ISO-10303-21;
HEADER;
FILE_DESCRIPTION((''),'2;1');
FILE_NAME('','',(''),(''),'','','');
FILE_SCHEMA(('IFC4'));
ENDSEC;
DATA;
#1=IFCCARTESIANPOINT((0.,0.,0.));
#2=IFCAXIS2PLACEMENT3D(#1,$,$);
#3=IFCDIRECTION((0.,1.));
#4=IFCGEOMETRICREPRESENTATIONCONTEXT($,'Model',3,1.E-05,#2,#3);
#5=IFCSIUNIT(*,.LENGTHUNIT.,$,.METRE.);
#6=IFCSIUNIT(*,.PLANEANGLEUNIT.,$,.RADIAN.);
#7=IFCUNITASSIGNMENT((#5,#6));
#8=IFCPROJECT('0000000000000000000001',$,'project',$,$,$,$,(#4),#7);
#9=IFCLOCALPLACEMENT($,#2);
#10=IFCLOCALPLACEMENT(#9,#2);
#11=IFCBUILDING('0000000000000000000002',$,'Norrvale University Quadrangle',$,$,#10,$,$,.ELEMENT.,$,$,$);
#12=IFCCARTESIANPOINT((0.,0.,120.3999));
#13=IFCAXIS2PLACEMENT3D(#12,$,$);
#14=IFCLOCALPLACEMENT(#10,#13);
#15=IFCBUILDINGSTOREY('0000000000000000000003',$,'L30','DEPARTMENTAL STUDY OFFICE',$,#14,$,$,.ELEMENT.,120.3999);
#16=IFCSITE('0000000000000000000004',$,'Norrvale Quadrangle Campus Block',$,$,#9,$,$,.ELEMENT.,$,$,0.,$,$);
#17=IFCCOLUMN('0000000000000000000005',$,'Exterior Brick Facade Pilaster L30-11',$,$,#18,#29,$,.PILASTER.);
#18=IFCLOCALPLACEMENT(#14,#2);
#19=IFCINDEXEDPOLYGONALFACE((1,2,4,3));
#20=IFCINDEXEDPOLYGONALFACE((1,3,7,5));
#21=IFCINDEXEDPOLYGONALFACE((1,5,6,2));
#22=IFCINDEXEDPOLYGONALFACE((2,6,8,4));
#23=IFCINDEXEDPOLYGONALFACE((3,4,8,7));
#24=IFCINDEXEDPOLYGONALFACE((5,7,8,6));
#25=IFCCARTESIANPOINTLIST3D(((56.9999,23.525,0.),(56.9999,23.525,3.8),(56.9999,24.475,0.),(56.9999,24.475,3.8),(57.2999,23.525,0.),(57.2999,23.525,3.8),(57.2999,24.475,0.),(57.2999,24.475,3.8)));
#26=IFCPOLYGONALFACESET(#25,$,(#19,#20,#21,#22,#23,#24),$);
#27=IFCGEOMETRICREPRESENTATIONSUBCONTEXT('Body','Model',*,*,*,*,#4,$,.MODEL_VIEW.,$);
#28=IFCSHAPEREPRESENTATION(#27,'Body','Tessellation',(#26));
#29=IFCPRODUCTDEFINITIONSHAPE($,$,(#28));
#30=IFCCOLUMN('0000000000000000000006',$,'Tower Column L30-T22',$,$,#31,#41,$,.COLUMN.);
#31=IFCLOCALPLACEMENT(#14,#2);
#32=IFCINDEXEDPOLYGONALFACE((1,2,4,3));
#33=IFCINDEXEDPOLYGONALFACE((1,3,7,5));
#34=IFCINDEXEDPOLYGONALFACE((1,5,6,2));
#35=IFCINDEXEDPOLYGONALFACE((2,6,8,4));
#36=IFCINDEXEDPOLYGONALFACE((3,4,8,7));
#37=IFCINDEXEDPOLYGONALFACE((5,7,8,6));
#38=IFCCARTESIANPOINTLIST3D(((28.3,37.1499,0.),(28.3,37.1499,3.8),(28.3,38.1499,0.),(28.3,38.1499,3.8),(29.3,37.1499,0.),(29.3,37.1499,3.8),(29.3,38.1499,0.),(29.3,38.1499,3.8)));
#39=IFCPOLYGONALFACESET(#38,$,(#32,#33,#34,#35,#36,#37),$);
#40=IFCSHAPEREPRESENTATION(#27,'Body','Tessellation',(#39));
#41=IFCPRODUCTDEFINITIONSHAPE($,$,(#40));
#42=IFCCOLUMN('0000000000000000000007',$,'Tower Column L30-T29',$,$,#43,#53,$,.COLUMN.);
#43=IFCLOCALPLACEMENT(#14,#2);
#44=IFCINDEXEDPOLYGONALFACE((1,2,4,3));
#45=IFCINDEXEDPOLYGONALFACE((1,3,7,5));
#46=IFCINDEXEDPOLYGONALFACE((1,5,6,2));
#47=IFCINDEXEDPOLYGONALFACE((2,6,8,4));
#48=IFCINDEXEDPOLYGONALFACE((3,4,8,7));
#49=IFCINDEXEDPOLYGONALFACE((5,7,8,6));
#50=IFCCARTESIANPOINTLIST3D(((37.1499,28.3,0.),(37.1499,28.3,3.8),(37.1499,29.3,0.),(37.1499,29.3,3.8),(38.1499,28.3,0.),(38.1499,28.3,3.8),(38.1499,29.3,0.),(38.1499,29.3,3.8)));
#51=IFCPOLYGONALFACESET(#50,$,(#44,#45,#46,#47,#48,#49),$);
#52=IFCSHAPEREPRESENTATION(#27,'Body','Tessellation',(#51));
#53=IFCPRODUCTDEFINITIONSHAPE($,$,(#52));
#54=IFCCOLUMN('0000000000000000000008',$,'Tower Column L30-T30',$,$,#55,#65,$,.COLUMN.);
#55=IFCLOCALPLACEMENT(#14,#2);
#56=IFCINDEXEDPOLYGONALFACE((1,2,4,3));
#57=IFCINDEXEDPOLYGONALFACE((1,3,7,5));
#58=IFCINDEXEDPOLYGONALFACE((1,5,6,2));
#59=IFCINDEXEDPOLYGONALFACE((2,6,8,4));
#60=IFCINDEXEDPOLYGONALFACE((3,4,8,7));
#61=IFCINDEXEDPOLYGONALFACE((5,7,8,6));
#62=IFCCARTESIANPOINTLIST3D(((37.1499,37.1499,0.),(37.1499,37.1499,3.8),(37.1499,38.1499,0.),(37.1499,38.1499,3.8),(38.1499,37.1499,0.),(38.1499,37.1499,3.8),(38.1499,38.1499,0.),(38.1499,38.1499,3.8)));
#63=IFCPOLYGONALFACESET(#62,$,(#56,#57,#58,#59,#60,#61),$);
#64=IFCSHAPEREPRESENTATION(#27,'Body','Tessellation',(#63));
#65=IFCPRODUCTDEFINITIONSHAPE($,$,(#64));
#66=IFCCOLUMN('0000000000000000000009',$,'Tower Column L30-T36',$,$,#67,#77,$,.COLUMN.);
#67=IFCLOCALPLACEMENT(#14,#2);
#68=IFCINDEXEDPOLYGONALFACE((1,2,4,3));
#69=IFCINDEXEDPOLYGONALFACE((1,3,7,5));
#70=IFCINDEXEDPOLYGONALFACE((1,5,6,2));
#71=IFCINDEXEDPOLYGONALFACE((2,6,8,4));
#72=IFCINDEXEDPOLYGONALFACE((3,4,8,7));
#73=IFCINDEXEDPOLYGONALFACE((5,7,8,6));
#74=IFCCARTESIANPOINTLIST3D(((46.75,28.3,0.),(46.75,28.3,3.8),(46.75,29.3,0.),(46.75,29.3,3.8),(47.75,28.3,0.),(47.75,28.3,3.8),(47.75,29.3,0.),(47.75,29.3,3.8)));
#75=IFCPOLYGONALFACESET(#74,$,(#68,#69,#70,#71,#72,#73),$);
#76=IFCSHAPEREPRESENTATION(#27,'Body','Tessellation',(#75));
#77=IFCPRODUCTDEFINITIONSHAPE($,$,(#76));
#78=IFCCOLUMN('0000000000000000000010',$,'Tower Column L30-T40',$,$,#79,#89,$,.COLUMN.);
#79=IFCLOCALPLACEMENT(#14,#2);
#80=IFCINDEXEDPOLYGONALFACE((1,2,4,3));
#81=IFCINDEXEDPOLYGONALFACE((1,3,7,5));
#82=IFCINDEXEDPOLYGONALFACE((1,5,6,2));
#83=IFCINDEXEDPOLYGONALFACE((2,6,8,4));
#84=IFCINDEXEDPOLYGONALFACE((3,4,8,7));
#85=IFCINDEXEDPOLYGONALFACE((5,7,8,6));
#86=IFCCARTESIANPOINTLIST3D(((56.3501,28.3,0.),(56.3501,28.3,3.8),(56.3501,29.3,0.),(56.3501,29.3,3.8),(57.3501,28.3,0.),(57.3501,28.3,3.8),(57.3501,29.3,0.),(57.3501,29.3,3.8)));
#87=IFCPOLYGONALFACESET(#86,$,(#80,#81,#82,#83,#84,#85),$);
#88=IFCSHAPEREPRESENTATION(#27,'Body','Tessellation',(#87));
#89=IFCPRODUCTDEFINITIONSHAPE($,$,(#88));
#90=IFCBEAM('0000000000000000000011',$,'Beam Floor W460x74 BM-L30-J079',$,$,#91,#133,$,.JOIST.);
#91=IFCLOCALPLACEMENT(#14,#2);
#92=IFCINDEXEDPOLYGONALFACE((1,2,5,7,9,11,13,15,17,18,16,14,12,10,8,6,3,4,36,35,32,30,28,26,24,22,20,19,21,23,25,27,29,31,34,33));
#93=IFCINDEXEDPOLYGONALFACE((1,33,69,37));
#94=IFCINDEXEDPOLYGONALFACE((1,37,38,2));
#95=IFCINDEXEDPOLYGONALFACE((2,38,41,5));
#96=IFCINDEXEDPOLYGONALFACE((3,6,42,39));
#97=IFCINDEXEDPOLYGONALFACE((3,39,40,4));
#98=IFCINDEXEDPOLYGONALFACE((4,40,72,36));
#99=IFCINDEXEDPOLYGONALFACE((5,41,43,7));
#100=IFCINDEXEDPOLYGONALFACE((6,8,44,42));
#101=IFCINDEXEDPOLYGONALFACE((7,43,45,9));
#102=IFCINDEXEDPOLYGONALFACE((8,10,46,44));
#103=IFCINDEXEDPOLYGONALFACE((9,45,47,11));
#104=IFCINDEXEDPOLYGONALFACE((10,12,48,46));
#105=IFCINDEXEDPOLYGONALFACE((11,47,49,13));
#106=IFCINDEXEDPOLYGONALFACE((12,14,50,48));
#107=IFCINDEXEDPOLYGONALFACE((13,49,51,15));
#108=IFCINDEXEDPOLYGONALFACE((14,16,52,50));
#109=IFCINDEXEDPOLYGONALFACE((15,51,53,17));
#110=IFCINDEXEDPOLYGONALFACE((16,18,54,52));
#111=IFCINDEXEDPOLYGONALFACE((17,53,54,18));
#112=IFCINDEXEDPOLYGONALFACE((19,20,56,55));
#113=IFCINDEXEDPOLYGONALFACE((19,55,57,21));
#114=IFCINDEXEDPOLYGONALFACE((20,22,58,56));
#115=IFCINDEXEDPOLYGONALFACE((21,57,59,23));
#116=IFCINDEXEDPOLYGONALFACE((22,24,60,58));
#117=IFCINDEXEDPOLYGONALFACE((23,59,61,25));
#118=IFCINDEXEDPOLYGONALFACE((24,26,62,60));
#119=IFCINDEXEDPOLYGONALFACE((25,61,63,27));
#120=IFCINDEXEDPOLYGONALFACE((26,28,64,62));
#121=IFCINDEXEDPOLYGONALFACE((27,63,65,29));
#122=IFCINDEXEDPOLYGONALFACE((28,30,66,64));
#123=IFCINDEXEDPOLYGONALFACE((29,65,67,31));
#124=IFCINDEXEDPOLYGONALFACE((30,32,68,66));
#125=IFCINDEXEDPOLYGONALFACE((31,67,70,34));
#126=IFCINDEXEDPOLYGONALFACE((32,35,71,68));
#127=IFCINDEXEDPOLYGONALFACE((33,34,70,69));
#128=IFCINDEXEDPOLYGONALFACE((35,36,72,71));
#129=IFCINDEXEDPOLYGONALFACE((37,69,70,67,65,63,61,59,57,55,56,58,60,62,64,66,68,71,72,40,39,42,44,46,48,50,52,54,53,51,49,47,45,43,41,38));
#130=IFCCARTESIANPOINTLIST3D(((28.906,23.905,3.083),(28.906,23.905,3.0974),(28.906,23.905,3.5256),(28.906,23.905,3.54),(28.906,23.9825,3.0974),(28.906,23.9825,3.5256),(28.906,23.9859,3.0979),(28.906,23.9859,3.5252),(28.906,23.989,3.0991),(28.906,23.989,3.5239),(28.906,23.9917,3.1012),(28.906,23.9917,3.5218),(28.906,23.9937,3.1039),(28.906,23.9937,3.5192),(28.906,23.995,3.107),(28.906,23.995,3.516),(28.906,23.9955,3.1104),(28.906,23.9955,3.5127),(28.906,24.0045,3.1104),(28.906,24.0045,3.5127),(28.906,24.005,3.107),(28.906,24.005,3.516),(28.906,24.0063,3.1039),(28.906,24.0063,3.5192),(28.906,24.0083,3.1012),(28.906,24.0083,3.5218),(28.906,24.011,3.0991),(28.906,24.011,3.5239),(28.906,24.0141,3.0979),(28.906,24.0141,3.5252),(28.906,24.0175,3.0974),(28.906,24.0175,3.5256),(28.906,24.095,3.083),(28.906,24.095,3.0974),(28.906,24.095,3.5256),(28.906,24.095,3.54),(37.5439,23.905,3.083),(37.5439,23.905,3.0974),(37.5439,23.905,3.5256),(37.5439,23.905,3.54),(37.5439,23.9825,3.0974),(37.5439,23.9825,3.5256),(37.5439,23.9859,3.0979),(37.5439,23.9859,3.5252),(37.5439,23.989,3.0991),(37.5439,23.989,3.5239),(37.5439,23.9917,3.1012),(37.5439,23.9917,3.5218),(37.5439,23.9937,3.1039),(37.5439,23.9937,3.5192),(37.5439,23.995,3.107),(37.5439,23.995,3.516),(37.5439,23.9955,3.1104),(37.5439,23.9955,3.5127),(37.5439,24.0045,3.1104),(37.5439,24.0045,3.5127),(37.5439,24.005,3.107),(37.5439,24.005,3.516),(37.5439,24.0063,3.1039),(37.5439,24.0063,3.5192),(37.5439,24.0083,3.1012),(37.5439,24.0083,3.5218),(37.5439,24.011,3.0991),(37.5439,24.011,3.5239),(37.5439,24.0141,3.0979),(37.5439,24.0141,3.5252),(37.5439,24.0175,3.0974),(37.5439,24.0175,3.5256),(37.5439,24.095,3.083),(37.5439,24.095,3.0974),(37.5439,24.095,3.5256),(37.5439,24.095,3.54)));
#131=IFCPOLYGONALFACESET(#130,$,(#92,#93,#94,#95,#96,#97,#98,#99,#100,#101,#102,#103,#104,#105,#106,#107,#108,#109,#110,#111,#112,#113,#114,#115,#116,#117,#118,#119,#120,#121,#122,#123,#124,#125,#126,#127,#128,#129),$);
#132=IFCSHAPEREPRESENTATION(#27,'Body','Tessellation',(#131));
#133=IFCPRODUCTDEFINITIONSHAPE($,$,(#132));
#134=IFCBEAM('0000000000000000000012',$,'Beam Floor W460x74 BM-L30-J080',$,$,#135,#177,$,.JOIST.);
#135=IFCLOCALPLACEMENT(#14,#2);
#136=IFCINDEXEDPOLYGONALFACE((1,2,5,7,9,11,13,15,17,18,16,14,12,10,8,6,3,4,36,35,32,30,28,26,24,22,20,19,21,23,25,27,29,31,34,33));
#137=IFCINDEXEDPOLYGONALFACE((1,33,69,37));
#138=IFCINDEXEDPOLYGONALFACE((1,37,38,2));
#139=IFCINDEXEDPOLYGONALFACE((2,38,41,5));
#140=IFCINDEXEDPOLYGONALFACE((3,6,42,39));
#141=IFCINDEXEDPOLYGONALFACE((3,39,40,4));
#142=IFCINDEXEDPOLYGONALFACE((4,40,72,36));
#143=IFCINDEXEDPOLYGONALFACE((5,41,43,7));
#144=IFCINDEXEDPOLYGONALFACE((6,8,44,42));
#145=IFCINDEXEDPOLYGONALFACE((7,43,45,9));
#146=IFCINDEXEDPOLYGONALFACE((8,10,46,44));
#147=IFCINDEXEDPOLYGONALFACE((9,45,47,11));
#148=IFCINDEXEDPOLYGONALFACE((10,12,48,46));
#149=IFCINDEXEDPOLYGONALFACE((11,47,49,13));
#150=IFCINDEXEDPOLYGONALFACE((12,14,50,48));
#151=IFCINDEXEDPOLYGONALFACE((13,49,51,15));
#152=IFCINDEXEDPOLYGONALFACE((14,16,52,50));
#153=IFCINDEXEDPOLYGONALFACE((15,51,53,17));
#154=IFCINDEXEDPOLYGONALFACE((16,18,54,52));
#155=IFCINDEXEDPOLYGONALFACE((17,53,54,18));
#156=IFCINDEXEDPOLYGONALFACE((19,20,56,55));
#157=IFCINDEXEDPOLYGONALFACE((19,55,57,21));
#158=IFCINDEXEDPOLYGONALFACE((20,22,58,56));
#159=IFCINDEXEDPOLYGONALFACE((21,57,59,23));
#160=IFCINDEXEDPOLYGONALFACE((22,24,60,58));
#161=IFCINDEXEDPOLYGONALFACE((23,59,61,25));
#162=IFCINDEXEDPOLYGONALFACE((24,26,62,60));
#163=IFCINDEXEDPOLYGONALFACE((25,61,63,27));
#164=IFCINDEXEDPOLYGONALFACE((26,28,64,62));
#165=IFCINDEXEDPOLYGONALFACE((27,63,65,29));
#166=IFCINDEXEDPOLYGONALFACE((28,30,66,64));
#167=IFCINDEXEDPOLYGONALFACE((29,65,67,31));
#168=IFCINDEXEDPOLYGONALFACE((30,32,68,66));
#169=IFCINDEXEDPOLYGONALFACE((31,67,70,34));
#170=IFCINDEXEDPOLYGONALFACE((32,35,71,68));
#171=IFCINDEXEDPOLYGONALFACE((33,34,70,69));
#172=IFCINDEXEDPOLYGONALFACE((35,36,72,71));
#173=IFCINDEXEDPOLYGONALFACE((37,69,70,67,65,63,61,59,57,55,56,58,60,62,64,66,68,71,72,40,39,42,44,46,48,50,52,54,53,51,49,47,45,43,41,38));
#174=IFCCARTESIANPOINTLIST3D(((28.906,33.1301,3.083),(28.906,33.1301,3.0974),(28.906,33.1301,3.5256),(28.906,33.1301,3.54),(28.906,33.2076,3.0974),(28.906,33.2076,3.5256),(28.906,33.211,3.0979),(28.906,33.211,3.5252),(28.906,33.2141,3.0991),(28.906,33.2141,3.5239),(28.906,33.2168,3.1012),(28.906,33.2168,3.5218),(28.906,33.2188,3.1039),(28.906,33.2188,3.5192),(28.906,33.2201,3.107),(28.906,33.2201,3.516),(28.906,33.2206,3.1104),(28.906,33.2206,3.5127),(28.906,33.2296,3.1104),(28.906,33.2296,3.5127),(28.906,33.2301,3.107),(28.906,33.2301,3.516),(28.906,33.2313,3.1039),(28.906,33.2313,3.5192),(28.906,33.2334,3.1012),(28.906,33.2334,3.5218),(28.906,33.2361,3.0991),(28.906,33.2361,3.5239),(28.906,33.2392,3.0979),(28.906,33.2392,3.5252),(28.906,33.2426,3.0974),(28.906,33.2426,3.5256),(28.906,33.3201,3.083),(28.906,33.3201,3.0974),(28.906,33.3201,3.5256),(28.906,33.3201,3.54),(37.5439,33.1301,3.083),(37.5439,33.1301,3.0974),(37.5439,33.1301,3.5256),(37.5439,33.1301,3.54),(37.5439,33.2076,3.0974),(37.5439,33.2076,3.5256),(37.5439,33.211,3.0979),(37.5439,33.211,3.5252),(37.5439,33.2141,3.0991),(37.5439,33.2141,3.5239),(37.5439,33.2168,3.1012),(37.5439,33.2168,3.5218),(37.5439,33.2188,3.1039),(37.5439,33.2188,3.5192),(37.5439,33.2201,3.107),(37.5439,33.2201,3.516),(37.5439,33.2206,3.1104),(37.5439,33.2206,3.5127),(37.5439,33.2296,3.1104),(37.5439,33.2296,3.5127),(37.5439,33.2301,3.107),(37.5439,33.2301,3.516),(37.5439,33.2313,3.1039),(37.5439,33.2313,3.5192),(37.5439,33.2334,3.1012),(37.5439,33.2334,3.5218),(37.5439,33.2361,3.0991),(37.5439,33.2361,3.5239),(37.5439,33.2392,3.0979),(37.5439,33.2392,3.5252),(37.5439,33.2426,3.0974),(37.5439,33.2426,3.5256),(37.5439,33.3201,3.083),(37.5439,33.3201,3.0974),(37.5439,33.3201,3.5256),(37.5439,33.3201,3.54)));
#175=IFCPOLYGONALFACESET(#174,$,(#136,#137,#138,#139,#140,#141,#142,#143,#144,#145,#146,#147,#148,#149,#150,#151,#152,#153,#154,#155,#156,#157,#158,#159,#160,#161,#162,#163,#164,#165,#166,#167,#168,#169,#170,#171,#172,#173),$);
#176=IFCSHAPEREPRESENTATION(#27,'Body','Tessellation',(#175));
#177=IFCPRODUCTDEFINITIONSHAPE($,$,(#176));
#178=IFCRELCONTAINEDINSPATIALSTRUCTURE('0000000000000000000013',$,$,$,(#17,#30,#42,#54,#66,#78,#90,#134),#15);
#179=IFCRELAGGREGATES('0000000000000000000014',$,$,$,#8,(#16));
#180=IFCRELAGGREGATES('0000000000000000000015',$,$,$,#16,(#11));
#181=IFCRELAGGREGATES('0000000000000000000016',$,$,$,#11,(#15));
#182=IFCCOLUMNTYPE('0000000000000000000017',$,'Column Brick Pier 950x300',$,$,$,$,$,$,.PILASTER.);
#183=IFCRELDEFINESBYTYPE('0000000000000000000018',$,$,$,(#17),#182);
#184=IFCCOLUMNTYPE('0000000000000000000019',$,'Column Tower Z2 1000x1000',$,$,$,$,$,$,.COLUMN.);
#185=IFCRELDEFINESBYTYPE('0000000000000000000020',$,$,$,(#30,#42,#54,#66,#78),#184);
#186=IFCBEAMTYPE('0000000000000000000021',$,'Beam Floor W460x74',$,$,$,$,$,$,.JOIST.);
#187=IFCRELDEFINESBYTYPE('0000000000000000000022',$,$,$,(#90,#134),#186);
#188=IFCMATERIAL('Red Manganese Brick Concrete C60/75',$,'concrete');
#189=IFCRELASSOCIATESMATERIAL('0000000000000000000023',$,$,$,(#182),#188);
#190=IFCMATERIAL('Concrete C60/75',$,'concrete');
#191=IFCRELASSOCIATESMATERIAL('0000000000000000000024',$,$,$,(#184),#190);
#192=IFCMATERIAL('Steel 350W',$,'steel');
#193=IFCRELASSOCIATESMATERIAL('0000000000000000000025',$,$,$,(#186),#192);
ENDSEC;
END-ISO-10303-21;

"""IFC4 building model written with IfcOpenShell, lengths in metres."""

from ifc_helpers import new_model, si_unit, direction, frame, origin, origin_2d, place, context, subcontext, project, spatial, rectangle, i_section, extrude, material, material_profile, profile_set, type_object, element, save


model = new_model("IFC4")

# Units and contexts
model_context = context("Model", 3, precision=1e-05, world=origin(), true_north=direction((0.0, 1.0)))
body_context = subcontext(model_context, "Body", "Model", "MODEL_VIEW")
ifc_project = project(units=[si_unit("LENGTHUNIT", "METRE"), si_unit("PLANEANGLEUNIT", "RADIAN")], contexts=[model_context])

# Site, building, storey
site_placement = place(None, origin())
site = spatial("IfcSite", under=ifc_project, at=site_placement, Name="Norrvale Quadrangle Campus Block", CompositionType="ELEMENT", RefElevation=0.0)
building_placement = place(site_placement, origin())
building = spatial("IfcBuilding", under=site, at=building_placement, Name="Norrvale University Quadrangle", CompositionType="ELEMENT")
storey_placement = place(building_placement, frame((0.0, 0.0, 120.3999)))
storey = spatial("IfcBuildingStorey", under=building, at=storey_placement, Name="L30", Description="DEPARTMENTAL STUDY OFFICE", CompositionType="ELEMENT", Elevation=120.3999)

# Columns
ifc_material_1 = material(Name="Red Manganese Brick Concrete C60/75", Category="concrete")
ifc_material_profile_1 = material_profile(ifc_material_1, rectangle(XDim=0.95, YDim=0.3, at=origin_2d()), Name="Red Manganese Brick Concrete C60/75")
ifc_profile_set_1 = profile_set([ifc_material_profile_1], Name="Red Manganese Brick Concrete C60/75")
column_type_1 = type_object("IfcColumnType", Name="Column Brick Pier 950x300", PredefinedType="PILASTER", material=ifc_profile_set_1)
column_placement = place(storey_placement, frame((57.1499, 24.0, 0.0), z_axis=(0.0, 0.0, 1.0), x_axis=(0.0, 1.0, 0.0)))
element("IfcColumn", 1, at=column_placement, inside=storey, type_object=column_type_1, Name="Exterior Brick Facade Pilaster L30-11", PredefinedType="PILASTER", context=body_context, shape_type="SweptSolid", body=[
    extrude(rectangle(XDim=0.95, YDim=0.3, at=origin_2d()), origin(), (0.0, 0.0, 1.0), 3.8),
])
ifc_material_2 = material(Name="Concrete C60/75", Category="concrete")
ifc_material_profile_2 = material_profile(ifc_material_2, rectangle(XDim=1.0, YDim=1.0, at=origin_2d()), Name="Concrete C60/75")
ifc_profile_set_2 = profile_set([ifc_material_profile_2], Name="Concrete C60/75")
column_type_2 = type_object("IfcColumnType", Name="Column Tower Z2 1000x1000", PredefinedType="COLUMN", material=ifc_profile_set_2)
for number, where, z_axis, x_axis, name in (
    (2, (28.8, 37.6499, 0.0), (0.0, 0.0, 1.0), (1.0, 0.0, 0.0), "Tower Column L30-T22"),
    (3, (37.6499, 28.8, 0.0), (0.0, 0.0, 1.0), (1.0, 0.0, 0.0), "Tower Column L30-T29"),
    (4, (37.6499, 37.6499, 0.0), (0.0, 0.0, 1.0), (1.0, 0.0, 0.0), "Tower Column L30-T30"),
    (5, (47.25, 28.8, 0.0), (0.0, 0.0, 1.0), (1.0, 0.0, 0.0), "Tower Column L30-T36"),
    (6, (56.8501, 28.8, 0.0), (0.0, 0.0, 1.0), (1.0, 0.0, 0.0), "Tower Column L30-T40"),
):
    element("IfcColumn", number, at=place(storey_placement, frame(where, z_axis=z_axis, x_axis=x_axis)), inside=storey, type_object=column_type_2, Name=name, PredefinedType="COLUMN", context=body_context, shape_type="SweptSolid", body=[
        extrude(rectangle(XDim=1.0, YDim=1.0, at=origin_2d()), origin(), (0.0, 0.0, 1.0), 3.8),
    ])

# Beams
ifc_material_3 = material(Name="Steel 350W", Category="steel")
ifc_material_profile_3 = material_profile(ifc_material_3, i_section(OverallWidth=0.1899, OverallDepth=0.457, WebThickness=0.009, FlangeThickness=0.0144, FilletRadius=0.0129, at=origin_2d()), Name="Steel 350W")
ifc_profile_set_3 = profile_set([ifc_material_profile_3], Name="Steel 350W")
beam_type_1 = type_object("IfcBeamType", Name="Beam Floor W460x74", PredefinedType="JOIST", material=ifc_profile_set_3)
for number, where, z_axis, x_axis, name in (
    (7, (28.906, 24.0, 3.3115), (1.0, 0.0, 0.0), (0.0, 1.0, 0.0), "Beam Floor W460x74 BM-L30-J079"),
    (8, (28.906, 33.2251, 3.3115), (1.0, 0.0, 0.0), (0.0, 1.0, 0.0), "Beam Floor W460x74 BM-L30-J080"),
):
    element("IfcBeam", number, at=place(storey_placement, frame(where, z_axis=z_axis, x_axis=x_axis)), inside=storey, type_object=beam_type_1, Name=name, PredefinedType="JOIST", context=body_context, shape_type="SweptSolid", body=[
        extrude(i_section(OverallWidth=0.1899, OverallDepth=0.457, WebThickness=0.009, FlangeThickness=0.0144, FilletRadius=0.0129, at=origin_2d()), origin(), (0.0, 0.0, 1.0), 8.6379),
    ])

save(model, "model.ifc")
